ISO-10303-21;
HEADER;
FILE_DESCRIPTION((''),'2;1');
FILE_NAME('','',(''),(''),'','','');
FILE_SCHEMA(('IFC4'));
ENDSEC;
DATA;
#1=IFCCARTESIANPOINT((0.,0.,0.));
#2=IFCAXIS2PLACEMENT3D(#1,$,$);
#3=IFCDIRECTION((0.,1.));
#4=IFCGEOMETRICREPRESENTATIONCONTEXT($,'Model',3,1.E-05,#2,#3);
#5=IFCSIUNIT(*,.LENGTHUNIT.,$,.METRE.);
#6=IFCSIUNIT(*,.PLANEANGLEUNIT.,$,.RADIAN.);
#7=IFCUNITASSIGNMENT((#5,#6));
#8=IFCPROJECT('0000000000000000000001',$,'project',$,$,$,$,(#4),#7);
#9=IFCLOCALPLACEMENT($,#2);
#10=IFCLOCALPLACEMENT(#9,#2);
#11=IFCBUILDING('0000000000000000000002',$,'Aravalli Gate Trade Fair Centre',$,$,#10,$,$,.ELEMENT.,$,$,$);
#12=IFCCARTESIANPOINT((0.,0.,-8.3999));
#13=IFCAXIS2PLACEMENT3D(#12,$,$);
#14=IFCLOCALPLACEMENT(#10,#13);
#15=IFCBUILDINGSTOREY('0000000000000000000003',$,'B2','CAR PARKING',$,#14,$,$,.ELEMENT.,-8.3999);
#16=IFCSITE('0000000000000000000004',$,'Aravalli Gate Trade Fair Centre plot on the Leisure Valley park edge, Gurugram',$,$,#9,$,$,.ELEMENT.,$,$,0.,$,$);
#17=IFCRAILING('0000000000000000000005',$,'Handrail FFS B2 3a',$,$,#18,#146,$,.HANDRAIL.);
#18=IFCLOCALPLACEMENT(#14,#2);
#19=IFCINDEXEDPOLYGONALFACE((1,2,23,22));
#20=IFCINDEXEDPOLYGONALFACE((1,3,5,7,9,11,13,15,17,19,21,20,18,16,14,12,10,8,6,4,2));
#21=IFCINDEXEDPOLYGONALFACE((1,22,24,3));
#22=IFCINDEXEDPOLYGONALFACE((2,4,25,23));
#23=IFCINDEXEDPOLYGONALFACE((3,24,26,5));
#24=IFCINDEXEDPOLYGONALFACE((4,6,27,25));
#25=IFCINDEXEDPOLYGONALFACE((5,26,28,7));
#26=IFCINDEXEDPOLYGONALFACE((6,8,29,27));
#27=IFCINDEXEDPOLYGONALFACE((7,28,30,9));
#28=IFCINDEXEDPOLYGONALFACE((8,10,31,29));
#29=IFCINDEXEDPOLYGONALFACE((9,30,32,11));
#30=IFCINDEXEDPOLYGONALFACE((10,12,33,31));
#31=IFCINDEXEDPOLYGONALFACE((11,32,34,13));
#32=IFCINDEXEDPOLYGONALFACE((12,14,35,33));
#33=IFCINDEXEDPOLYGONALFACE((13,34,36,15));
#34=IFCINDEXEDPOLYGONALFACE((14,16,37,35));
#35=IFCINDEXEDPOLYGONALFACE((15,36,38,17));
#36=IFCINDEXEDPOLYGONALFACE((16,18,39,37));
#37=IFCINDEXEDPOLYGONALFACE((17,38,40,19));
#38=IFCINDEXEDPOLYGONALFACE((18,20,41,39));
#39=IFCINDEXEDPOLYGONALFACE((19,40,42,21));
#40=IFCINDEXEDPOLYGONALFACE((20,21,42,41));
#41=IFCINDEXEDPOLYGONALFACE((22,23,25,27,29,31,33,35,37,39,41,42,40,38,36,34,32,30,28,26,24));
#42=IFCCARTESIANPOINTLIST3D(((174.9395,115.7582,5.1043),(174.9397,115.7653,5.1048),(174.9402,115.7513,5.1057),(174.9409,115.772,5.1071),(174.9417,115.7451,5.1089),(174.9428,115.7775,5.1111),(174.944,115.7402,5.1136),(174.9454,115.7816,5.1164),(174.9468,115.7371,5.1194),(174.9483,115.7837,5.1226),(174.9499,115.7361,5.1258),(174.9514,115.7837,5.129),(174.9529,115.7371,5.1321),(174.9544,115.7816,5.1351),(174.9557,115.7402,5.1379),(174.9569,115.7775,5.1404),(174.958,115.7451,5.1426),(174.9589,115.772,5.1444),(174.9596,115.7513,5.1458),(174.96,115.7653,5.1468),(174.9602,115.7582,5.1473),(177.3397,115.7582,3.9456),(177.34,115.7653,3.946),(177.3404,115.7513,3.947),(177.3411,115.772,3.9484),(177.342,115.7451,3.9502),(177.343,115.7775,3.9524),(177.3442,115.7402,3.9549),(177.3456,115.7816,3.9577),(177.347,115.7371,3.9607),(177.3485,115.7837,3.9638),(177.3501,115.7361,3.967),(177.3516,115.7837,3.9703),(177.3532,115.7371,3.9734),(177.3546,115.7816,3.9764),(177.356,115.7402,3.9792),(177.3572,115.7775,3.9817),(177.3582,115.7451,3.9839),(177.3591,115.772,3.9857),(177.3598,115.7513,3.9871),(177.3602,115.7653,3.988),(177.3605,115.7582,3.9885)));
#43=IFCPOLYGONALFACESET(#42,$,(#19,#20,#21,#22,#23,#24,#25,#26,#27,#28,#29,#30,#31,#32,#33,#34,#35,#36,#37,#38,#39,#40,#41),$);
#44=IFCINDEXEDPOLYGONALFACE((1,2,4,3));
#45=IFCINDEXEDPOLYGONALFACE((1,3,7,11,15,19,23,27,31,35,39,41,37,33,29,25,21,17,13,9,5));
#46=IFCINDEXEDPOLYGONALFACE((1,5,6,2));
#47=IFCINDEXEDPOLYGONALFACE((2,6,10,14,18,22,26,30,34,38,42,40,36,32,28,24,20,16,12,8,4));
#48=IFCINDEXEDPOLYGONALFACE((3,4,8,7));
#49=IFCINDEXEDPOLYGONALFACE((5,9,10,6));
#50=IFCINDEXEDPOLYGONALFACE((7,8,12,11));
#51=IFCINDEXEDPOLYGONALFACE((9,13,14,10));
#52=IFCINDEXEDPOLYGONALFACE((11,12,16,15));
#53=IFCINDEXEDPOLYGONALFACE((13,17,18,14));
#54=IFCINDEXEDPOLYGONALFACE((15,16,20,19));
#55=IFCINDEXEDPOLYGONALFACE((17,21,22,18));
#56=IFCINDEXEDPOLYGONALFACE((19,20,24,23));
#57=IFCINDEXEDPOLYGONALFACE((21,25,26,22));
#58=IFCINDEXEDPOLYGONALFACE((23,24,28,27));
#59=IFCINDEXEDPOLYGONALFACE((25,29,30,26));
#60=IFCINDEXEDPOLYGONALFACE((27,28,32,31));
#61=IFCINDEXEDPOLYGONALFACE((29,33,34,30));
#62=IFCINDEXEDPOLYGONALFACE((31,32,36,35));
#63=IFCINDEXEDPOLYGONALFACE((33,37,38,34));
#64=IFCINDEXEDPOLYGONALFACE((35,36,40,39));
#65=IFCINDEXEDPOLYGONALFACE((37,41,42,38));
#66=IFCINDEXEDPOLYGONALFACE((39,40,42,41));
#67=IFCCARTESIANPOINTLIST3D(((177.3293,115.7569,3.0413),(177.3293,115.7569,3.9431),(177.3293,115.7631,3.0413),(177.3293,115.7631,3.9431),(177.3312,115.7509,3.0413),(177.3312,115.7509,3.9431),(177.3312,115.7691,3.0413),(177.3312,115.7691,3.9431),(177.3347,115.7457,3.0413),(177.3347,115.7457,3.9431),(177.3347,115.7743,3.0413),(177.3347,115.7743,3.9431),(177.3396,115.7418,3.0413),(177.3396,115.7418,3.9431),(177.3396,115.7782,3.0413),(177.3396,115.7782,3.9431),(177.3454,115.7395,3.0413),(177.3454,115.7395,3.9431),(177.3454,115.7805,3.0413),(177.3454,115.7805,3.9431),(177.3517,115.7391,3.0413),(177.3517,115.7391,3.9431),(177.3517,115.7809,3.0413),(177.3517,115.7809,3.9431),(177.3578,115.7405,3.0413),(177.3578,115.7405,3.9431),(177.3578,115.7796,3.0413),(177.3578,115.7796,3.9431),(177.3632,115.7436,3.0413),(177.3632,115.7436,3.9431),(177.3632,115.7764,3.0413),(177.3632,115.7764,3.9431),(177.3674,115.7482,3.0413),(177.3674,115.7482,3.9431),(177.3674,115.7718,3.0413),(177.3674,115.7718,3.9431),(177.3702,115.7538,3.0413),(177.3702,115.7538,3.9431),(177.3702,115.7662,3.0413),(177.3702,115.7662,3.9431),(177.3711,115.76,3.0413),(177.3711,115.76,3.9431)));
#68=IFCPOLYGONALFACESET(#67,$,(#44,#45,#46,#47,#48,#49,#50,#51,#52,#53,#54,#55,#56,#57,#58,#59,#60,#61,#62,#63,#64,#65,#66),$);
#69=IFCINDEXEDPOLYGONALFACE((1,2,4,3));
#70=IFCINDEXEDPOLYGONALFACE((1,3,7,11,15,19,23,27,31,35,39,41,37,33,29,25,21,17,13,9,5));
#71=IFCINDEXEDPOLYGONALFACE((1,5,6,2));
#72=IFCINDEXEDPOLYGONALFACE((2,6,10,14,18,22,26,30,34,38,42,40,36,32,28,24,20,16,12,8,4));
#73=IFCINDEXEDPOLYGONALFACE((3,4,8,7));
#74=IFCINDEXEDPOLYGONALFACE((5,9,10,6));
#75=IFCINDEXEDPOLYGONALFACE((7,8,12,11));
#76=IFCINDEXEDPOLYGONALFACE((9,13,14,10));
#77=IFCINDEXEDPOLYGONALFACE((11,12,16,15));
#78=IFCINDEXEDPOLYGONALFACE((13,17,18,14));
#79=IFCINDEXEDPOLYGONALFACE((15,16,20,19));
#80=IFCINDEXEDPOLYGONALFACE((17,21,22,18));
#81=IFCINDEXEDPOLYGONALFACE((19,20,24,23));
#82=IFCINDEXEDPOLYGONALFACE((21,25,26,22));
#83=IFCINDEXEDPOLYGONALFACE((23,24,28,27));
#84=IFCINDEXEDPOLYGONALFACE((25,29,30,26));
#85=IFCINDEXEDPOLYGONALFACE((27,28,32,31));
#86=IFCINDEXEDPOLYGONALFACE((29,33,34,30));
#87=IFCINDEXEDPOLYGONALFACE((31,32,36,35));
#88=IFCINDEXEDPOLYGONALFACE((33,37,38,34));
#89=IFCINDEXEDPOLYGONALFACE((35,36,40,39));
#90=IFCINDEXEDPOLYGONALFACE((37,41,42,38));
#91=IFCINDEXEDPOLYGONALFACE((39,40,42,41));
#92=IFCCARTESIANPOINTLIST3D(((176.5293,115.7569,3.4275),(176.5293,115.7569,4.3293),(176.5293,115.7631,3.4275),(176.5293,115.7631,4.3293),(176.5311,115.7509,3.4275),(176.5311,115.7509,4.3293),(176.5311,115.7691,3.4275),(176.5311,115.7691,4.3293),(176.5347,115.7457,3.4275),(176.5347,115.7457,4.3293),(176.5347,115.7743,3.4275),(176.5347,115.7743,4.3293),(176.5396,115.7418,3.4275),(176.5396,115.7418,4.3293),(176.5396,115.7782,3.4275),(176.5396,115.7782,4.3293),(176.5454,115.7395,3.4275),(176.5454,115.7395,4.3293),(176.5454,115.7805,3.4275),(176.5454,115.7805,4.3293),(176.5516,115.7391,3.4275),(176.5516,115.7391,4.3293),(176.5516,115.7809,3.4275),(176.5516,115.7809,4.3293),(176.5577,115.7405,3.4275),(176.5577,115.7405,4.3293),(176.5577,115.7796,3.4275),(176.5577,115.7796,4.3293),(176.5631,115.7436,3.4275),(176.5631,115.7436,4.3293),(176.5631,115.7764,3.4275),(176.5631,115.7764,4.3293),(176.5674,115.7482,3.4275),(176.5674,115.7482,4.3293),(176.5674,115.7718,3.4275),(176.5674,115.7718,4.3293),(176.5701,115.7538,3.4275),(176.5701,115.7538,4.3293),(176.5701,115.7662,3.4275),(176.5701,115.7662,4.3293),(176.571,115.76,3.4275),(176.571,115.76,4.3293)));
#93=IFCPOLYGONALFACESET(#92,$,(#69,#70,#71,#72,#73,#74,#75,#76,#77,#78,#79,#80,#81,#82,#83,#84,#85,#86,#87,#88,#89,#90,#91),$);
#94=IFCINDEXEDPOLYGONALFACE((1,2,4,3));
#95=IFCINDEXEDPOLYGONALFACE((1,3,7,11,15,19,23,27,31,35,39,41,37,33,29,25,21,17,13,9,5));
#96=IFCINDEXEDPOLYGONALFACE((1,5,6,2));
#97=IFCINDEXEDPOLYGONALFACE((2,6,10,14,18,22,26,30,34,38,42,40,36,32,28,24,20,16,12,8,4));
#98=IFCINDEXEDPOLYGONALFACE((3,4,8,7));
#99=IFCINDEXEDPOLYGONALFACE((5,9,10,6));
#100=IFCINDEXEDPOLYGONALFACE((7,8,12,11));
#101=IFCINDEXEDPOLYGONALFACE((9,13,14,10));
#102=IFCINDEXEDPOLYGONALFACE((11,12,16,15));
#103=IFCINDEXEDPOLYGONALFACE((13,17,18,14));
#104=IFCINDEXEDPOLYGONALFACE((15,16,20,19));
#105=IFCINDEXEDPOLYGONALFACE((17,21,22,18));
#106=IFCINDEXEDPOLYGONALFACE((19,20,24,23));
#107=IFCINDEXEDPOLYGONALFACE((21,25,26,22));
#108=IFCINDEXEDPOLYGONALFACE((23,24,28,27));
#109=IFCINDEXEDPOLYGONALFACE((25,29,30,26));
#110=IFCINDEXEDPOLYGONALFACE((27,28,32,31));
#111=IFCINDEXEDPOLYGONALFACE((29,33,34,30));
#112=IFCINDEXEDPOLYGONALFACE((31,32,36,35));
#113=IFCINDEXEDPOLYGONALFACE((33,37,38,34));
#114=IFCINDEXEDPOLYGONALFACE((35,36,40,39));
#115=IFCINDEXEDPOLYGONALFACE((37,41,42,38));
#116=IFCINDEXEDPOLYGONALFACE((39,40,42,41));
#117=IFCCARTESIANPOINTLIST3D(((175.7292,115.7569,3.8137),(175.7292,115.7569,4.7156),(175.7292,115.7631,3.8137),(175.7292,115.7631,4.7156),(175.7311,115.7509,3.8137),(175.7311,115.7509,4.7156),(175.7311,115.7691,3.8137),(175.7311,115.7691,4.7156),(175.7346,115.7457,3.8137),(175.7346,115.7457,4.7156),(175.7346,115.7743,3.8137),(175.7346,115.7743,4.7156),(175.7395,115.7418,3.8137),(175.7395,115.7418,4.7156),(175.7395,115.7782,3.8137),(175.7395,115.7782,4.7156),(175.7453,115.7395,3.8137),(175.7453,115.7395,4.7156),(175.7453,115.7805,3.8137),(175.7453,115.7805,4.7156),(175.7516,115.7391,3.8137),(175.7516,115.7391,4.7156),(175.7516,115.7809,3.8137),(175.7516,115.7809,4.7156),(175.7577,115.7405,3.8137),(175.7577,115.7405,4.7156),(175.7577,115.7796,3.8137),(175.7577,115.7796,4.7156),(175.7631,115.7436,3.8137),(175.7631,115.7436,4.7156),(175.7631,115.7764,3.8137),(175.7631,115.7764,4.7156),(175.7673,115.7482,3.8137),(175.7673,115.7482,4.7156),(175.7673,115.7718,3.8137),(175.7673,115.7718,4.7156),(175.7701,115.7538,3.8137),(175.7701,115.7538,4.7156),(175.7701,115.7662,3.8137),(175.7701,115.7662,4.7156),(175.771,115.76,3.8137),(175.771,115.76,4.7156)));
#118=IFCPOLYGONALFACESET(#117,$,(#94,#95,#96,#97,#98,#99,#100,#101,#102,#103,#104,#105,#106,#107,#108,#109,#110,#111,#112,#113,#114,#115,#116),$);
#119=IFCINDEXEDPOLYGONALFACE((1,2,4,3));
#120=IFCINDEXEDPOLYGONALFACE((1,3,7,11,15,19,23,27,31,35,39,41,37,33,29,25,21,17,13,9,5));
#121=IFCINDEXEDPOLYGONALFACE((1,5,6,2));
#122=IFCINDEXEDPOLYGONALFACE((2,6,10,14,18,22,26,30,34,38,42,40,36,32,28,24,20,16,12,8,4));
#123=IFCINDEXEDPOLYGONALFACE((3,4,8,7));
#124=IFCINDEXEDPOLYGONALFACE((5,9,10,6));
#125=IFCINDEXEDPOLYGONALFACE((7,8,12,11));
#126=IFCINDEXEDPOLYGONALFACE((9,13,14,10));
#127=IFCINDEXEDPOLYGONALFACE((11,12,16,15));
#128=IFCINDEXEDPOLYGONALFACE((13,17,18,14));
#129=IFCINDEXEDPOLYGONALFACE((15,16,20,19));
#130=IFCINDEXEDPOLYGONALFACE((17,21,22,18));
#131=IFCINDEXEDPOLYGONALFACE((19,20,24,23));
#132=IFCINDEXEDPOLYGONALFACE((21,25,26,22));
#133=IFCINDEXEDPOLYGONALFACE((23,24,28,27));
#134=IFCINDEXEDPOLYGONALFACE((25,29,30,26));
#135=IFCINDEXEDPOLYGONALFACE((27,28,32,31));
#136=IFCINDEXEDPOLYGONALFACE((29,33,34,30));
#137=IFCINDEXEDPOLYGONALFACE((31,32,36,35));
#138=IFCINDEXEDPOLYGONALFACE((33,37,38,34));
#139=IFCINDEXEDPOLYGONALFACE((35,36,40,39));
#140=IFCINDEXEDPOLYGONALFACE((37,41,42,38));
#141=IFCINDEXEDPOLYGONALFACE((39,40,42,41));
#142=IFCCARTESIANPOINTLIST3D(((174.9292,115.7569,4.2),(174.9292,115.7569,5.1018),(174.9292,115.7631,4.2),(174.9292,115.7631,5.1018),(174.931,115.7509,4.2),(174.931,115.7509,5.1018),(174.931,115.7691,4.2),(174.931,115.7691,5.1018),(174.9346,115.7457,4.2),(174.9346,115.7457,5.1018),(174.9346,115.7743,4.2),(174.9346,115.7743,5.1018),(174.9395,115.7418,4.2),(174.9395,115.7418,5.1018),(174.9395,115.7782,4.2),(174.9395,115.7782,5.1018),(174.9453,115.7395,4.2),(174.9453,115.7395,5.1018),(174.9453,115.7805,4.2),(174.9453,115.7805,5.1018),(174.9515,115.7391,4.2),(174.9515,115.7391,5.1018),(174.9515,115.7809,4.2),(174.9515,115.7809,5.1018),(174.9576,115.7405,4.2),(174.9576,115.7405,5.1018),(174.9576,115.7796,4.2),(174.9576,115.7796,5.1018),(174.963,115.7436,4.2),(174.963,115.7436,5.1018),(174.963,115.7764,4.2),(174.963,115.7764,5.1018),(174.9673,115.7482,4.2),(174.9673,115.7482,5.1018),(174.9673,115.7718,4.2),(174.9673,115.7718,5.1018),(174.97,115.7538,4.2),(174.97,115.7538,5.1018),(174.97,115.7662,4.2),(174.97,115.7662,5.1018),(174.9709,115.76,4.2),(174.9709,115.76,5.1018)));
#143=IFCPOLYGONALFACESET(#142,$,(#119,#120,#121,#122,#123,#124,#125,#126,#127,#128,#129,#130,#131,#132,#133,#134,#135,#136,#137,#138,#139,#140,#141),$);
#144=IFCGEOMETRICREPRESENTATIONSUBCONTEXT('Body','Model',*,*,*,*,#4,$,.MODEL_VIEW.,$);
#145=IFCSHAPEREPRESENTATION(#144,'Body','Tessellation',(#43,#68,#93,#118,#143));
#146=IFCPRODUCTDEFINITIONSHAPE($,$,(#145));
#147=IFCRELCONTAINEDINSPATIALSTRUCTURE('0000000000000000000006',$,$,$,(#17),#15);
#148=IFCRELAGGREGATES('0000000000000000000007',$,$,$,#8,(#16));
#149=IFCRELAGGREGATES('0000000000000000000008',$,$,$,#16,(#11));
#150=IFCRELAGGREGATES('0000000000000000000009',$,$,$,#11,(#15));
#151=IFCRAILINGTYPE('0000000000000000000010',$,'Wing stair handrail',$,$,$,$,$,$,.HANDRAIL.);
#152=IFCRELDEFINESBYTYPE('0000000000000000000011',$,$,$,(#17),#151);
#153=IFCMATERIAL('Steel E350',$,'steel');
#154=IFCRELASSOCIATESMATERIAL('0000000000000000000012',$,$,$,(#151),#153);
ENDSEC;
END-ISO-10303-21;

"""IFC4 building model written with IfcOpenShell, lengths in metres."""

from ifc_helpers import new_model, si_unit, direction, frame, origin, origin_2d, place, context, subcontext, project, spatial, circle, extrude, material, type_object, element, save


model = new_model("IFC4")

# Units and contexts
model_context = context("Model", 3, precision=1e-05, world=origin(), true_north=direction((0.0, 1.0)))
body_context = subcontext(model_context, "Body", "Model", "MODEL_VIEW")
ifc_project = project(units=[si_unit("LENGTHUNIT", "METRE"), si_unit("PLANEANGLEUNIT", "RADIAN")], contexts=[model_context])

# Site, building, storey
site_placement = place(None, origin())
site = spatial("IfcSite", under=ifc_project, at=site_placement, Name="Aravalli Gate Trade Fair Centre plot on the Leisure Valley park edge, Gurugram", CompositionType="ELEMENT", RefElevation=0.0)
building_placement = place(site_placement, origin())
building = spatial("IfcBuilding", under=site, at=building_placement, Name="Aravalli Gate Trade Fair Centre", CompositionType="ELEMENT")
storey_placement = place(building_placement, frame((0.0, 0.0, -8.3999)))
storey = spatial("IfcBuildingStorey", under=building, at=storey_placement, Name="B2", Description="CAR PARKING", CompositionType="ELEMENT", Elevation=-8.3999)

# Railing
ifc_material_1 = material(Name="Steel E350", Category="steel")
railing_type = type_object("IfcRailingType", Name="Wing stair handrail", PredefinedType="HANDRAIL", material=ifc_material_1)
railing_1_placement = place(storey_placement, frame((177.3501, 115.76, 3.0413)))
element("IfcRailing", 1, at=railing_1_placement, inside=storey, type_object=railing_type, Name="Handrail FFS B2 3a", PredefinedType="HANDRAIL", context=body_context, shape_type="SweptSolid", body=[
    extrude(circle(Radius=0.0239, at=origin_2d()), frame((0.0, 0.0, 0.9258), z_axis=(-0.900552, 0.0, 0.434749), x_axis=(0.0, -1.0, 0.0)), (0.0, 0.0, 1.0), 2.6653),
    extrude(circle(Radius=0.021, at=origin_2d()), origin(), (0.0, 0.0, 1.0), 0.9019),
    extrude(circle(Radius=0.021, at=origin_2d()), frame((-0.8, 0.0, 0.3862)), (0.0, 0.0, 1.0), 0.9019),
    extrude(circle(Radius=0.021, at=origin_2d()), frame((-1.6001, 0.0, 0.7725)), (0.0, 0.0, 1.0), 0.9019),
    extrude(circle(Radius=0.021, at=origin_2d()), frame((-2.4001, 0.0, 1.1587)), (0.0, 0.0, 1.0), 0.9019),
])

save(model, "model.ifc")
